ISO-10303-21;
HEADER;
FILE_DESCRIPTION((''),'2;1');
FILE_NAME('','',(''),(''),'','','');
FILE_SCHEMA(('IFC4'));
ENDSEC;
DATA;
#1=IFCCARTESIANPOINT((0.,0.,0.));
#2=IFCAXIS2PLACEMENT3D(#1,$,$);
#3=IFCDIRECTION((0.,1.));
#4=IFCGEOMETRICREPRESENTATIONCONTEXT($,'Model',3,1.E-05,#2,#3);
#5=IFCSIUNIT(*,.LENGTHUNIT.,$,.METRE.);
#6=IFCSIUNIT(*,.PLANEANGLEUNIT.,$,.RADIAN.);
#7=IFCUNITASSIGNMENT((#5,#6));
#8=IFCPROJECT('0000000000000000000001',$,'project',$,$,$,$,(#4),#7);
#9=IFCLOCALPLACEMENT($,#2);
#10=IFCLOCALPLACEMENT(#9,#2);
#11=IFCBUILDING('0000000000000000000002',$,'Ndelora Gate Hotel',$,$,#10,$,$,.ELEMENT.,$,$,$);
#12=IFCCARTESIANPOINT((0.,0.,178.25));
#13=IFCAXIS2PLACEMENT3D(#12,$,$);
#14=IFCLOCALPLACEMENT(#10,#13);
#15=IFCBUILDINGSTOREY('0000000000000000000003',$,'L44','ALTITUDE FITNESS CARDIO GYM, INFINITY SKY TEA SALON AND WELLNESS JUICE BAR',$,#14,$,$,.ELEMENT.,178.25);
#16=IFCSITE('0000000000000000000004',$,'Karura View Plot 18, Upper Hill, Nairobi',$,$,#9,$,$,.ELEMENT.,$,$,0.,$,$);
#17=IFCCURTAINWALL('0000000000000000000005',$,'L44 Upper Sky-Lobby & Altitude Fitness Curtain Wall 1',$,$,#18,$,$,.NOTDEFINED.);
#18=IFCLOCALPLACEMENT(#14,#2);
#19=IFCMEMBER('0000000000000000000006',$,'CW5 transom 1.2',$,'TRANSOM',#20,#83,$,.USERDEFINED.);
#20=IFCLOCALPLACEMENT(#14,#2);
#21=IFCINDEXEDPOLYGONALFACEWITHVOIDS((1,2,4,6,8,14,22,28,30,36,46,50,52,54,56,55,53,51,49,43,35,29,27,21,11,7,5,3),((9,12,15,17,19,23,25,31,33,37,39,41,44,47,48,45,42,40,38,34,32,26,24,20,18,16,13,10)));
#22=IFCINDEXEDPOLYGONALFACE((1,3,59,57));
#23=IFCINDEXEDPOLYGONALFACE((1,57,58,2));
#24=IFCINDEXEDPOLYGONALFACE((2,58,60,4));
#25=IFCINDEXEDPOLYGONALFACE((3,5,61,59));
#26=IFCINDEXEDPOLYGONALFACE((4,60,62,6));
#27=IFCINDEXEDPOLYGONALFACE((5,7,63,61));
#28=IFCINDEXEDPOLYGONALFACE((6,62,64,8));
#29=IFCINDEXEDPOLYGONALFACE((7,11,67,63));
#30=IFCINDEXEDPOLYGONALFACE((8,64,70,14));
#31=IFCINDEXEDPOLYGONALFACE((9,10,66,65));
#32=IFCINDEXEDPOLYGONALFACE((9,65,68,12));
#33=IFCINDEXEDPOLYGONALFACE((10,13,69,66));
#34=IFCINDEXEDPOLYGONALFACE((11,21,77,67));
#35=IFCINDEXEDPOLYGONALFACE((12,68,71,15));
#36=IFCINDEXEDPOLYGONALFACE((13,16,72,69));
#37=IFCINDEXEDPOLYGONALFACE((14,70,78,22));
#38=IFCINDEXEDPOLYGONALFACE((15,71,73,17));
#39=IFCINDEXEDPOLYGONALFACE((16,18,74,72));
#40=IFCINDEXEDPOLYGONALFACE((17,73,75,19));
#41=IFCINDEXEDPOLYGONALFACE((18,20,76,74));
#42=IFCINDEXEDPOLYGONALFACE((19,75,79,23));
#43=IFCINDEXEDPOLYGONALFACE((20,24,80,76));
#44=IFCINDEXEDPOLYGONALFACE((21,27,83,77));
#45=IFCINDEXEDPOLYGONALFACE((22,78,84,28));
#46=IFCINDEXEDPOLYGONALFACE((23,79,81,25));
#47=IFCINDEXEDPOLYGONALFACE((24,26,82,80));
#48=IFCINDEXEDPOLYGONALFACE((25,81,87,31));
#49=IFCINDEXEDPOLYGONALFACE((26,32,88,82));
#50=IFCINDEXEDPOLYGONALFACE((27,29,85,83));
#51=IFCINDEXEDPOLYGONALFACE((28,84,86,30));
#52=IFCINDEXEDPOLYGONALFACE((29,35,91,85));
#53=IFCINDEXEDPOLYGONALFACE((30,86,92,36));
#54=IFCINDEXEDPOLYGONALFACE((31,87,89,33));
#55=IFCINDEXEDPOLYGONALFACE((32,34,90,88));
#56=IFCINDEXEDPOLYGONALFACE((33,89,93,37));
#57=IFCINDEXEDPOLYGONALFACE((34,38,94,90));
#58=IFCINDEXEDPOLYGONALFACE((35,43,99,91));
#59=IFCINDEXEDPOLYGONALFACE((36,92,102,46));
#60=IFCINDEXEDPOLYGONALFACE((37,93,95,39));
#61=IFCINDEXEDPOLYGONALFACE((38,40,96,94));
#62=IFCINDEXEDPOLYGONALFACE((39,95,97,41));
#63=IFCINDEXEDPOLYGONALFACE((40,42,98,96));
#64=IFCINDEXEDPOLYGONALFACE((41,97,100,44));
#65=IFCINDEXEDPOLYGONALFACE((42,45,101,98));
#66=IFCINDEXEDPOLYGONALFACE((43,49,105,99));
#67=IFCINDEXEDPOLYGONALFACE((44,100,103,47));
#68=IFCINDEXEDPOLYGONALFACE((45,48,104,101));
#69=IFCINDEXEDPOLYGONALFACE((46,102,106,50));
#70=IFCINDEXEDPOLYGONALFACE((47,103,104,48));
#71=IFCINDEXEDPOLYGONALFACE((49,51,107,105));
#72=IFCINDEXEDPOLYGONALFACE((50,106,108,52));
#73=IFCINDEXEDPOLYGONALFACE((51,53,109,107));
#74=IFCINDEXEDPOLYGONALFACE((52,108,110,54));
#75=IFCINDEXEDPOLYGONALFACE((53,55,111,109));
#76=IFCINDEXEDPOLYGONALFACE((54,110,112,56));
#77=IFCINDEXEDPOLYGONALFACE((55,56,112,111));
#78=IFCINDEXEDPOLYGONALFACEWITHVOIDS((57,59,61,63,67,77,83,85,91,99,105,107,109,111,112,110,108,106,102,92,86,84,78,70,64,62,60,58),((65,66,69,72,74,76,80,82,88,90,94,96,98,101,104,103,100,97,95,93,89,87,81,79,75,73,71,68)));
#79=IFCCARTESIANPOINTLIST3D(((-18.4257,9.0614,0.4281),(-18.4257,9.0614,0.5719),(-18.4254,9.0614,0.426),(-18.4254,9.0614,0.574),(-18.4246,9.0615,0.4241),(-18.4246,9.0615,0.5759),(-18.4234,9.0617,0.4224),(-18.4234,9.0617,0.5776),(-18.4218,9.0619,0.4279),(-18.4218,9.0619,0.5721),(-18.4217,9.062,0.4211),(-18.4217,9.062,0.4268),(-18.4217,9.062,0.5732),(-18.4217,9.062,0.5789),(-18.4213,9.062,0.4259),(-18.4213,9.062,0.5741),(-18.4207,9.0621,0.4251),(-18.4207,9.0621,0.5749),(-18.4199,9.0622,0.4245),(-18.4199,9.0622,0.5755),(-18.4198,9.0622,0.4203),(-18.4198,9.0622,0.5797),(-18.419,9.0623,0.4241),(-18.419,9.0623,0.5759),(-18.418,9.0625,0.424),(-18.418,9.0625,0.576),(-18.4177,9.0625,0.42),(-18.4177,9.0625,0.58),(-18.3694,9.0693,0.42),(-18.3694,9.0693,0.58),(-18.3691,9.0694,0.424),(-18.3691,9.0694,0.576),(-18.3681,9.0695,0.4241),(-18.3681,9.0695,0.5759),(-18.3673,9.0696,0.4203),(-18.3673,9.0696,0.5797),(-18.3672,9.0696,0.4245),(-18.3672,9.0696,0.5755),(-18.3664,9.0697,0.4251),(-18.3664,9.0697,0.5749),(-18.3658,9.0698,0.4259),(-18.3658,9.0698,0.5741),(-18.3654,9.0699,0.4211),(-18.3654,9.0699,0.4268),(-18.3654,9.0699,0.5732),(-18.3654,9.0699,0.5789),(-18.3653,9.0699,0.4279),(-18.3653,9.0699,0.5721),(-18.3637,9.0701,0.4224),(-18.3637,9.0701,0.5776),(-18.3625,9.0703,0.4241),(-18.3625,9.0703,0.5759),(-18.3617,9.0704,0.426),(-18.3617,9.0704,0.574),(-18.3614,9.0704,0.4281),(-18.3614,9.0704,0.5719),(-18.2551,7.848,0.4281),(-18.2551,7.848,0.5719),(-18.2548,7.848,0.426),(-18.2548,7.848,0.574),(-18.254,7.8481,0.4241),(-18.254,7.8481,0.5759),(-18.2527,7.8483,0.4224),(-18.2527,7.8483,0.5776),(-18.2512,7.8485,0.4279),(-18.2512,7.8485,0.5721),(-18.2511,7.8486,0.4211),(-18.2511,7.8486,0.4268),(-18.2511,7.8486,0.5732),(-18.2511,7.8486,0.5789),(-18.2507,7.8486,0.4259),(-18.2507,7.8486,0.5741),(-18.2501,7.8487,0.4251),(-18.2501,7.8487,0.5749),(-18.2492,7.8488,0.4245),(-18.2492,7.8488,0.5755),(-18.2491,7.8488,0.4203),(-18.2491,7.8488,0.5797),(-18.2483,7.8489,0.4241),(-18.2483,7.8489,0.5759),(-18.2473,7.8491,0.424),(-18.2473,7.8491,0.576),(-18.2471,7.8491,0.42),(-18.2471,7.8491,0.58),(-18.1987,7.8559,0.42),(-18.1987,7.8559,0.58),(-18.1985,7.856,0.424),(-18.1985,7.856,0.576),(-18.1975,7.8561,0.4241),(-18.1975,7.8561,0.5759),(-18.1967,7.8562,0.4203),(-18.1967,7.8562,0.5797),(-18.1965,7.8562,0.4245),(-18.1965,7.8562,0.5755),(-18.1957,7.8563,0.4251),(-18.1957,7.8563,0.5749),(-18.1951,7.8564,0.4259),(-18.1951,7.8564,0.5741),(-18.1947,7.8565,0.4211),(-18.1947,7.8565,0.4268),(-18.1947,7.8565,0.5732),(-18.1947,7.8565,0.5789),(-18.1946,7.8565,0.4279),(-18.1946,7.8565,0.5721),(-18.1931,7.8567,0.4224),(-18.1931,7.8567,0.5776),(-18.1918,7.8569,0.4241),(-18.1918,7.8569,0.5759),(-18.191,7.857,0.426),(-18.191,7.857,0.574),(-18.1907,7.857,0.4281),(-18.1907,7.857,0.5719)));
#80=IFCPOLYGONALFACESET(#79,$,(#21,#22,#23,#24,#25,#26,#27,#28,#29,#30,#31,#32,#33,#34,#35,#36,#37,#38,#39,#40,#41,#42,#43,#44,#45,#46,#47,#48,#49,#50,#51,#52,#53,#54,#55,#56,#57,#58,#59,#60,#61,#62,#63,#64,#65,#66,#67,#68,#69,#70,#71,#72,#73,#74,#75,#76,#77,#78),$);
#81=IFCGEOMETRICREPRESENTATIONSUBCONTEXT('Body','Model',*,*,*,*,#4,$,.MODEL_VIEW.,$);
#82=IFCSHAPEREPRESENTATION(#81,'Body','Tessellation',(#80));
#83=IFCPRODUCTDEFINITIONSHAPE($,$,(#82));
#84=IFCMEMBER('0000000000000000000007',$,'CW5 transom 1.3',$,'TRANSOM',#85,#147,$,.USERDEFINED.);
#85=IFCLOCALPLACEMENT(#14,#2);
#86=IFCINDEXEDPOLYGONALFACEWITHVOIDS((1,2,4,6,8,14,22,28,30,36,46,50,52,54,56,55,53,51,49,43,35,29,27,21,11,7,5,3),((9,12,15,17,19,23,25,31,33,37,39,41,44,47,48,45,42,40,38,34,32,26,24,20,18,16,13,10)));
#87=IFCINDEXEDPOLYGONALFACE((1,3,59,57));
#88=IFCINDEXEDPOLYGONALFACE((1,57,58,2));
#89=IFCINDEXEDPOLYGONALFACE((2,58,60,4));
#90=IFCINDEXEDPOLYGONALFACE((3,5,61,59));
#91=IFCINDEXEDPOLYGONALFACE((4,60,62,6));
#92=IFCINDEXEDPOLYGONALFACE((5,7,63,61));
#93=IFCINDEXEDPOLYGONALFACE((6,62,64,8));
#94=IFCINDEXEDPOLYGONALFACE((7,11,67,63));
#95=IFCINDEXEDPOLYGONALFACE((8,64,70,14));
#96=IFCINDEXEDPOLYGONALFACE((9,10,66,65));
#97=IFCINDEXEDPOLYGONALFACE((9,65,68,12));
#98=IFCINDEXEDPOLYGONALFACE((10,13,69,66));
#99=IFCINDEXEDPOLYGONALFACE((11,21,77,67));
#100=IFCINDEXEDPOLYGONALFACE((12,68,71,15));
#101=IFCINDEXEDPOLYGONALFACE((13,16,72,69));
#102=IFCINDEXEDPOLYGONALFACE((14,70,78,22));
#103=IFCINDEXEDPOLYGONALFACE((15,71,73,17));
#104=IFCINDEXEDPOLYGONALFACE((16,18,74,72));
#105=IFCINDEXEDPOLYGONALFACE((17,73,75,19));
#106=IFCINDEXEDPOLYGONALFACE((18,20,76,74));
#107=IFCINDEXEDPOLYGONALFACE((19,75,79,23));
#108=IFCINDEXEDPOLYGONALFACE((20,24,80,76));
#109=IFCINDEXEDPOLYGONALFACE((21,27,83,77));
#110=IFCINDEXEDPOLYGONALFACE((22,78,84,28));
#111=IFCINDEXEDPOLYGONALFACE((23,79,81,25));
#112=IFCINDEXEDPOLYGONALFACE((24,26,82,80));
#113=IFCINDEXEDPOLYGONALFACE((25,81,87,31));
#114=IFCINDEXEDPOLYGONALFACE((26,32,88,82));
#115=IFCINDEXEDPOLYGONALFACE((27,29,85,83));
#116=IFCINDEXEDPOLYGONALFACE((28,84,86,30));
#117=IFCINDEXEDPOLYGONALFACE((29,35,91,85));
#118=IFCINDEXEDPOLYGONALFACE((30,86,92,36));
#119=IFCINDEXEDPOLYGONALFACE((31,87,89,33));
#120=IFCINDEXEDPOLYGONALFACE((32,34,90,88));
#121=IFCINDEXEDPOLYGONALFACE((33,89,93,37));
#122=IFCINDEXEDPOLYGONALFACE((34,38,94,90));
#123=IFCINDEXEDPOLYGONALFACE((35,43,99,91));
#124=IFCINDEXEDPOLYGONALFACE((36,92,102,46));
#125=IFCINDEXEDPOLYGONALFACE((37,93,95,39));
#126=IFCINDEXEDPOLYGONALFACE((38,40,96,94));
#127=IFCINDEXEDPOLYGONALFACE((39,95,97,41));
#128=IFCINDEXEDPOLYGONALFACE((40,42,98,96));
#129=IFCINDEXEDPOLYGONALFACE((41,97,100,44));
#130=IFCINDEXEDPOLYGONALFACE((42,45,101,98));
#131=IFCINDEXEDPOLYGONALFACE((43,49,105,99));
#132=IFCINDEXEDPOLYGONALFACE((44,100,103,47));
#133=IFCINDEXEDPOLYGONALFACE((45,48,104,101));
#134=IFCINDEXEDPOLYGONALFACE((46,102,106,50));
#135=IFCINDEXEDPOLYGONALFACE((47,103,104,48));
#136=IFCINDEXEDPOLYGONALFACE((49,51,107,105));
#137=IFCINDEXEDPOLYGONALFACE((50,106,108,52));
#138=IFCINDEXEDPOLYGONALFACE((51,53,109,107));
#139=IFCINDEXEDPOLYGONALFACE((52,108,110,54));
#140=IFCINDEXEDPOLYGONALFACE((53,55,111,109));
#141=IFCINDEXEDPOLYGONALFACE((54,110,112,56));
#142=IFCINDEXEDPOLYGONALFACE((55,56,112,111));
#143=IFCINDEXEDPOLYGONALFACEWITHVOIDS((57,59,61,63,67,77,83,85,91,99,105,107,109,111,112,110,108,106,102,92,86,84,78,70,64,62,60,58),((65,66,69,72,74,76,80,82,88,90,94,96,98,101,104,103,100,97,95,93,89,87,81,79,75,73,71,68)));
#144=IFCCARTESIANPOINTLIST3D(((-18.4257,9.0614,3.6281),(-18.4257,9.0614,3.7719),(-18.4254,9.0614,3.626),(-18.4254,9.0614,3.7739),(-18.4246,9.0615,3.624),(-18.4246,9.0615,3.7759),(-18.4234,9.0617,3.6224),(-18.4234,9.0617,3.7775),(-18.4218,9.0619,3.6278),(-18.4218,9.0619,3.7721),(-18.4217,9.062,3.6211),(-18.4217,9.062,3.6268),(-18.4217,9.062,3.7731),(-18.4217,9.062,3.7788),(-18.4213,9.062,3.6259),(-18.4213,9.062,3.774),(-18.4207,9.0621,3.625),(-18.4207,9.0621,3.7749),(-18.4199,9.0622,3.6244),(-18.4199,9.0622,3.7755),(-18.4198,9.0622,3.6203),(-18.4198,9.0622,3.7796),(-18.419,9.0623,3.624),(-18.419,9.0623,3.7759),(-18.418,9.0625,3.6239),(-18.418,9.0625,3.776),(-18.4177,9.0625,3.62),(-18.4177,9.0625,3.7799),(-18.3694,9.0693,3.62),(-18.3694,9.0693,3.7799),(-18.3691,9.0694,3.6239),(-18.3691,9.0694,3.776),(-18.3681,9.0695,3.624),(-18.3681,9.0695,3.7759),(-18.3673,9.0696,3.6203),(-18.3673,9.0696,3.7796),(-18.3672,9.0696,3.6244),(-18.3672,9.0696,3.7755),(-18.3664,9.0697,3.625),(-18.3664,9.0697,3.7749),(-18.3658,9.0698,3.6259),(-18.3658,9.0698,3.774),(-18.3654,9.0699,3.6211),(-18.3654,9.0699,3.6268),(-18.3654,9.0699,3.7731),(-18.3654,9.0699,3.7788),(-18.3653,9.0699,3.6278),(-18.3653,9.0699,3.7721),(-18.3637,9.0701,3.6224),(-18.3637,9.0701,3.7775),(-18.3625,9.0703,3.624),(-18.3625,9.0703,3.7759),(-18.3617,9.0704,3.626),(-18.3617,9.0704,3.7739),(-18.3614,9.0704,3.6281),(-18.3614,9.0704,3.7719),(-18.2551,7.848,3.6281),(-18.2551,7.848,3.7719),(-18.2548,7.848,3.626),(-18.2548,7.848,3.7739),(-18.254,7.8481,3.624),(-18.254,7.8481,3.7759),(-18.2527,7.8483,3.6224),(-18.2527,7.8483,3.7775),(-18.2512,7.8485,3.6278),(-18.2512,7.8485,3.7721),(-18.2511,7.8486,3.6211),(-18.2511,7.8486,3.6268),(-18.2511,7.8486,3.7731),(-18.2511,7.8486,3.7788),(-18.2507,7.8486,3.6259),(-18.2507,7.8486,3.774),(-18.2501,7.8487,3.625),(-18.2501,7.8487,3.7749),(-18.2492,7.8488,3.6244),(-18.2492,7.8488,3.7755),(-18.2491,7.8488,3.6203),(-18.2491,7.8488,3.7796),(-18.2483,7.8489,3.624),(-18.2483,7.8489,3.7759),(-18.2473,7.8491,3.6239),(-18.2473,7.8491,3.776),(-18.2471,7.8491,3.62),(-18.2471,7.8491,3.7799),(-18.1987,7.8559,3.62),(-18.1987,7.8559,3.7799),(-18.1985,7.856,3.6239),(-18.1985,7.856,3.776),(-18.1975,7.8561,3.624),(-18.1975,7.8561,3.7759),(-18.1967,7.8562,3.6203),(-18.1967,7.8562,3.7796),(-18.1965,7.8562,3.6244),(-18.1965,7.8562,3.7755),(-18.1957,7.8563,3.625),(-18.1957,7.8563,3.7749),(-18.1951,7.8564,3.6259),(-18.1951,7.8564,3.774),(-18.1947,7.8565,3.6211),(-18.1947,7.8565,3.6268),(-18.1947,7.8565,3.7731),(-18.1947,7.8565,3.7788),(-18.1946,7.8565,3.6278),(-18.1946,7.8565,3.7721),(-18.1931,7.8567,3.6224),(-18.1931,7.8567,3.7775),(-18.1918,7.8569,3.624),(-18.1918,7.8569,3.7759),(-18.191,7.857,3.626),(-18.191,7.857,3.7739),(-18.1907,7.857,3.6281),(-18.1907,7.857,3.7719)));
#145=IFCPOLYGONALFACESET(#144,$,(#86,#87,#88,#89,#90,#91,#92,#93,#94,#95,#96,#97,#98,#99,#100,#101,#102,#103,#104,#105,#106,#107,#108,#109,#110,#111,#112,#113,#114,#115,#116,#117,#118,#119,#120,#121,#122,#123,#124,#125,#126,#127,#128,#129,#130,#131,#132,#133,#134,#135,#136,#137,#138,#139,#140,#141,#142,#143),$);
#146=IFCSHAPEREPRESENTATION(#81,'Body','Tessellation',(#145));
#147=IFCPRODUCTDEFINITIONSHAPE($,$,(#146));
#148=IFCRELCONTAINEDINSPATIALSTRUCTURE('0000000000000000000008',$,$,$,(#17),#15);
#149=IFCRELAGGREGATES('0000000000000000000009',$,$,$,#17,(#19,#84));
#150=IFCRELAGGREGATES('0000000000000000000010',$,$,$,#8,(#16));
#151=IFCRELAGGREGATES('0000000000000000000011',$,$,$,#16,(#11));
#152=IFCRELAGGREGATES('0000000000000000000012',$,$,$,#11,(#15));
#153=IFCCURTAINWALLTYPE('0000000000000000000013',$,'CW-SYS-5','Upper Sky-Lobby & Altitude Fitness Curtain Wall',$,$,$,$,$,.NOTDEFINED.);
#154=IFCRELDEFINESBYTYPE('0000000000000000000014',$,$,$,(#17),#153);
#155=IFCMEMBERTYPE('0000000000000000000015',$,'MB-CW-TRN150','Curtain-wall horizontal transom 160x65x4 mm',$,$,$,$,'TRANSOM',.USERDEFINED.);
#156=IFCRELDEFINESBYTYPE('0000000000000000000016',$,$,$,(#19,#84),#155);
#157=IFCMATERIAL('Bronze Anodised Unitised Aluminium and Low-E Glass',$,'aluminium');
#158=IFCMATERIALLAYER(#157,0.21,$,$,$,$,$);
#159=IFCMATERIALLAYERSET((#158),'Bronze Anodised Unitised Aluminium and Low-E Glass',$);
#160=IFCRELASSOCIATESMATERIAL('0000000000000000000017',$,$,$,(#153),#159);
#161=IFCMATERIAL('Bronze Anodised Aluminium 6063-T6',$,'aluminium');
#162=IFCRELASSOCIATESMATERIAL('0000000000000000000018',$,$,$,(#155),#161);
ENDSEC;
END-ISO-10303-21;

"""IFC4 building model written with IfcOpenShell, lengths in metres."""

from ifc_helpers import new_model, si_unit, direction, frame, origin, origin_2d, place, context, subcontext, project, spatial, hollow_rectangle, extrude, material, layer, layer_set, material_profile, profile_set, type_object, element, aggregate, save


model = new_model("IFC4")

# Units and contexts
model_context = context("Model", 3, precision=1e-05, world=origin(), true_north=direction((0.0, 1.0)))
body_context = subcontext(model_context, "Body", "Model", "MODEL_VIEW")
ifc_project = project(units=[si_unit("LENGTHUNIT", "METRE"), si_unit("PLANEANGLEUNIT", "RADIAN")], contexts=[model_context])

# Site, building, storey
site_placement = place(None, origin())
site = spatial("IfcSite", under=ifc_project, at=site_placement, Name="Karura View Plot 18, Upper Hill, Nairobi", CompositionType="ELEMENT", RefElevation=0.0)
building_placement = place(site_placement, origin())
building = spatial("IfcBuilding", under=site, at=building_placement, Name="Ndelora Gate Hotel", CompositionType="ELEMENT")
storey_placement = place(building_placement, frame((0.0, 0.0, 178.25)))
storey = spatial("IfcBuildingStorey", under=building, at=storey_placement, Name="L44", Description="ALTITUDE FITNESS CARDIO GYM, INFINITY SKY TEA SALON AND WELLNESS JUICE BAR", CompositionType="ELEMENT", Elevation=178.25)

# Curtain wall
ifc_material_1 = material(Name="Bronze Anodised Unitised Aluminium and Low-E Glass", Category="aluminium")
ifc_layer_1 = layer(ifc_material_1, 0.21)
ifc_layer_set_1 = layer_set([ifc_layer_1], Name="Bronze Anodised Unitised Aluminium and Low-E Glass")
curtain_wall_type = type_object("IfcCurtainWallType", Name="CW-SYS-5", Description="Upper Sky-Lobby & Altitude Fitness Curtain Wall", PredefinedType="NOTDEFINED", material=ifc_layer_set_1)
curtain_wall_1_placement = place(storey_placement, origin())
curtain_wall_1 = element("IfcCurtainWall", 1, at=curtain_wall_1_placement, inside=storey, type_object=curtain_wall_type, Name="L44 Upper Sky-Lobby & Altitude Fitness Curtain Wall 1", PredefinedType="NOTDEFINED")
ifc_material_2 = material(Name="Bronze Anodised Aluminium 6063-T6", Category="aluminium")

# Members
ifc_material_profile_1 = material_profile(ifc_material_2, hollow_rectangle(XDim=0.0649, YDim=0.1599, WallThickness=0.0039, InnerFilletRadius=0.0039, OuterFilletRadius=0.0081, at=origin_2d()), Name="ALU 160x65x4")
ifc_profile_set_1 = profile_set([ifc_material_profile_1], Name="Bronze Anodised Aluminium 6063-T6")
member_type_1 = type_object("IfcMemberType", Name="MB-CW-TRN150", Description="Curtain-wall horizontal transom 160x65x4 mm", ElementType="TRANSOM", PredefinedType="USERDEFINED", material=ifc_profile_set_1)
member_1_placement = place(storey_placement, frame((-18.3936, 9.0659, 0.5), z_axis=(0.139273, -0.990254, 0.0), x_axis=(0.990254, 0.139273, 0.0)))
member_1 = element("IfcMember", 2, at=member_1_placement, type_object=member_type_1, Name="CW5 transom 1.2", ObjectType="TRANSOM", PredefinedType="USERDEFINED", context=body_context, shape_type="SweptSolid", body=[
    extrude(hollow_rectangle(XDim=0.0649, YDim=0.1599, WallThickness=0.0039, InnerFilletRadius=0.0039, OuterFilletRadius=0.0081, at=origin_2d()), origin(), (0.0, 0.0, 1.0), 1.2253),
])
member_2_placement = place(storey_placement, frame((-18.3936, 9.0659, 3.7), z_axis=(0.139273, -0.990254, 0.0), x_axis=(0.990254, 0.139273, 0.0)))
member_2 = element("IfcMember", 3, at=member_2_placement, type_object=member_type_1, Name="CW5 transom 1.3", ObjectType="TRANSOM", PredefinedType="USERDEFINED", context=body_context, shape_type="SweptSolid", body=[
    extrude(hollow_rectangle(XDim=0.0649, YDim=0.1599, WallThickness=0.0039, InnerFilletRadius=0.0039, OuterFilletRadius=0.0081, at=origin_2d()), origin(), (0.0, 0.0, 1.0), 1.2253),
])

aggregate(curtain_wall_1, [member_1, member_2])

save(model, "model.ifc")
